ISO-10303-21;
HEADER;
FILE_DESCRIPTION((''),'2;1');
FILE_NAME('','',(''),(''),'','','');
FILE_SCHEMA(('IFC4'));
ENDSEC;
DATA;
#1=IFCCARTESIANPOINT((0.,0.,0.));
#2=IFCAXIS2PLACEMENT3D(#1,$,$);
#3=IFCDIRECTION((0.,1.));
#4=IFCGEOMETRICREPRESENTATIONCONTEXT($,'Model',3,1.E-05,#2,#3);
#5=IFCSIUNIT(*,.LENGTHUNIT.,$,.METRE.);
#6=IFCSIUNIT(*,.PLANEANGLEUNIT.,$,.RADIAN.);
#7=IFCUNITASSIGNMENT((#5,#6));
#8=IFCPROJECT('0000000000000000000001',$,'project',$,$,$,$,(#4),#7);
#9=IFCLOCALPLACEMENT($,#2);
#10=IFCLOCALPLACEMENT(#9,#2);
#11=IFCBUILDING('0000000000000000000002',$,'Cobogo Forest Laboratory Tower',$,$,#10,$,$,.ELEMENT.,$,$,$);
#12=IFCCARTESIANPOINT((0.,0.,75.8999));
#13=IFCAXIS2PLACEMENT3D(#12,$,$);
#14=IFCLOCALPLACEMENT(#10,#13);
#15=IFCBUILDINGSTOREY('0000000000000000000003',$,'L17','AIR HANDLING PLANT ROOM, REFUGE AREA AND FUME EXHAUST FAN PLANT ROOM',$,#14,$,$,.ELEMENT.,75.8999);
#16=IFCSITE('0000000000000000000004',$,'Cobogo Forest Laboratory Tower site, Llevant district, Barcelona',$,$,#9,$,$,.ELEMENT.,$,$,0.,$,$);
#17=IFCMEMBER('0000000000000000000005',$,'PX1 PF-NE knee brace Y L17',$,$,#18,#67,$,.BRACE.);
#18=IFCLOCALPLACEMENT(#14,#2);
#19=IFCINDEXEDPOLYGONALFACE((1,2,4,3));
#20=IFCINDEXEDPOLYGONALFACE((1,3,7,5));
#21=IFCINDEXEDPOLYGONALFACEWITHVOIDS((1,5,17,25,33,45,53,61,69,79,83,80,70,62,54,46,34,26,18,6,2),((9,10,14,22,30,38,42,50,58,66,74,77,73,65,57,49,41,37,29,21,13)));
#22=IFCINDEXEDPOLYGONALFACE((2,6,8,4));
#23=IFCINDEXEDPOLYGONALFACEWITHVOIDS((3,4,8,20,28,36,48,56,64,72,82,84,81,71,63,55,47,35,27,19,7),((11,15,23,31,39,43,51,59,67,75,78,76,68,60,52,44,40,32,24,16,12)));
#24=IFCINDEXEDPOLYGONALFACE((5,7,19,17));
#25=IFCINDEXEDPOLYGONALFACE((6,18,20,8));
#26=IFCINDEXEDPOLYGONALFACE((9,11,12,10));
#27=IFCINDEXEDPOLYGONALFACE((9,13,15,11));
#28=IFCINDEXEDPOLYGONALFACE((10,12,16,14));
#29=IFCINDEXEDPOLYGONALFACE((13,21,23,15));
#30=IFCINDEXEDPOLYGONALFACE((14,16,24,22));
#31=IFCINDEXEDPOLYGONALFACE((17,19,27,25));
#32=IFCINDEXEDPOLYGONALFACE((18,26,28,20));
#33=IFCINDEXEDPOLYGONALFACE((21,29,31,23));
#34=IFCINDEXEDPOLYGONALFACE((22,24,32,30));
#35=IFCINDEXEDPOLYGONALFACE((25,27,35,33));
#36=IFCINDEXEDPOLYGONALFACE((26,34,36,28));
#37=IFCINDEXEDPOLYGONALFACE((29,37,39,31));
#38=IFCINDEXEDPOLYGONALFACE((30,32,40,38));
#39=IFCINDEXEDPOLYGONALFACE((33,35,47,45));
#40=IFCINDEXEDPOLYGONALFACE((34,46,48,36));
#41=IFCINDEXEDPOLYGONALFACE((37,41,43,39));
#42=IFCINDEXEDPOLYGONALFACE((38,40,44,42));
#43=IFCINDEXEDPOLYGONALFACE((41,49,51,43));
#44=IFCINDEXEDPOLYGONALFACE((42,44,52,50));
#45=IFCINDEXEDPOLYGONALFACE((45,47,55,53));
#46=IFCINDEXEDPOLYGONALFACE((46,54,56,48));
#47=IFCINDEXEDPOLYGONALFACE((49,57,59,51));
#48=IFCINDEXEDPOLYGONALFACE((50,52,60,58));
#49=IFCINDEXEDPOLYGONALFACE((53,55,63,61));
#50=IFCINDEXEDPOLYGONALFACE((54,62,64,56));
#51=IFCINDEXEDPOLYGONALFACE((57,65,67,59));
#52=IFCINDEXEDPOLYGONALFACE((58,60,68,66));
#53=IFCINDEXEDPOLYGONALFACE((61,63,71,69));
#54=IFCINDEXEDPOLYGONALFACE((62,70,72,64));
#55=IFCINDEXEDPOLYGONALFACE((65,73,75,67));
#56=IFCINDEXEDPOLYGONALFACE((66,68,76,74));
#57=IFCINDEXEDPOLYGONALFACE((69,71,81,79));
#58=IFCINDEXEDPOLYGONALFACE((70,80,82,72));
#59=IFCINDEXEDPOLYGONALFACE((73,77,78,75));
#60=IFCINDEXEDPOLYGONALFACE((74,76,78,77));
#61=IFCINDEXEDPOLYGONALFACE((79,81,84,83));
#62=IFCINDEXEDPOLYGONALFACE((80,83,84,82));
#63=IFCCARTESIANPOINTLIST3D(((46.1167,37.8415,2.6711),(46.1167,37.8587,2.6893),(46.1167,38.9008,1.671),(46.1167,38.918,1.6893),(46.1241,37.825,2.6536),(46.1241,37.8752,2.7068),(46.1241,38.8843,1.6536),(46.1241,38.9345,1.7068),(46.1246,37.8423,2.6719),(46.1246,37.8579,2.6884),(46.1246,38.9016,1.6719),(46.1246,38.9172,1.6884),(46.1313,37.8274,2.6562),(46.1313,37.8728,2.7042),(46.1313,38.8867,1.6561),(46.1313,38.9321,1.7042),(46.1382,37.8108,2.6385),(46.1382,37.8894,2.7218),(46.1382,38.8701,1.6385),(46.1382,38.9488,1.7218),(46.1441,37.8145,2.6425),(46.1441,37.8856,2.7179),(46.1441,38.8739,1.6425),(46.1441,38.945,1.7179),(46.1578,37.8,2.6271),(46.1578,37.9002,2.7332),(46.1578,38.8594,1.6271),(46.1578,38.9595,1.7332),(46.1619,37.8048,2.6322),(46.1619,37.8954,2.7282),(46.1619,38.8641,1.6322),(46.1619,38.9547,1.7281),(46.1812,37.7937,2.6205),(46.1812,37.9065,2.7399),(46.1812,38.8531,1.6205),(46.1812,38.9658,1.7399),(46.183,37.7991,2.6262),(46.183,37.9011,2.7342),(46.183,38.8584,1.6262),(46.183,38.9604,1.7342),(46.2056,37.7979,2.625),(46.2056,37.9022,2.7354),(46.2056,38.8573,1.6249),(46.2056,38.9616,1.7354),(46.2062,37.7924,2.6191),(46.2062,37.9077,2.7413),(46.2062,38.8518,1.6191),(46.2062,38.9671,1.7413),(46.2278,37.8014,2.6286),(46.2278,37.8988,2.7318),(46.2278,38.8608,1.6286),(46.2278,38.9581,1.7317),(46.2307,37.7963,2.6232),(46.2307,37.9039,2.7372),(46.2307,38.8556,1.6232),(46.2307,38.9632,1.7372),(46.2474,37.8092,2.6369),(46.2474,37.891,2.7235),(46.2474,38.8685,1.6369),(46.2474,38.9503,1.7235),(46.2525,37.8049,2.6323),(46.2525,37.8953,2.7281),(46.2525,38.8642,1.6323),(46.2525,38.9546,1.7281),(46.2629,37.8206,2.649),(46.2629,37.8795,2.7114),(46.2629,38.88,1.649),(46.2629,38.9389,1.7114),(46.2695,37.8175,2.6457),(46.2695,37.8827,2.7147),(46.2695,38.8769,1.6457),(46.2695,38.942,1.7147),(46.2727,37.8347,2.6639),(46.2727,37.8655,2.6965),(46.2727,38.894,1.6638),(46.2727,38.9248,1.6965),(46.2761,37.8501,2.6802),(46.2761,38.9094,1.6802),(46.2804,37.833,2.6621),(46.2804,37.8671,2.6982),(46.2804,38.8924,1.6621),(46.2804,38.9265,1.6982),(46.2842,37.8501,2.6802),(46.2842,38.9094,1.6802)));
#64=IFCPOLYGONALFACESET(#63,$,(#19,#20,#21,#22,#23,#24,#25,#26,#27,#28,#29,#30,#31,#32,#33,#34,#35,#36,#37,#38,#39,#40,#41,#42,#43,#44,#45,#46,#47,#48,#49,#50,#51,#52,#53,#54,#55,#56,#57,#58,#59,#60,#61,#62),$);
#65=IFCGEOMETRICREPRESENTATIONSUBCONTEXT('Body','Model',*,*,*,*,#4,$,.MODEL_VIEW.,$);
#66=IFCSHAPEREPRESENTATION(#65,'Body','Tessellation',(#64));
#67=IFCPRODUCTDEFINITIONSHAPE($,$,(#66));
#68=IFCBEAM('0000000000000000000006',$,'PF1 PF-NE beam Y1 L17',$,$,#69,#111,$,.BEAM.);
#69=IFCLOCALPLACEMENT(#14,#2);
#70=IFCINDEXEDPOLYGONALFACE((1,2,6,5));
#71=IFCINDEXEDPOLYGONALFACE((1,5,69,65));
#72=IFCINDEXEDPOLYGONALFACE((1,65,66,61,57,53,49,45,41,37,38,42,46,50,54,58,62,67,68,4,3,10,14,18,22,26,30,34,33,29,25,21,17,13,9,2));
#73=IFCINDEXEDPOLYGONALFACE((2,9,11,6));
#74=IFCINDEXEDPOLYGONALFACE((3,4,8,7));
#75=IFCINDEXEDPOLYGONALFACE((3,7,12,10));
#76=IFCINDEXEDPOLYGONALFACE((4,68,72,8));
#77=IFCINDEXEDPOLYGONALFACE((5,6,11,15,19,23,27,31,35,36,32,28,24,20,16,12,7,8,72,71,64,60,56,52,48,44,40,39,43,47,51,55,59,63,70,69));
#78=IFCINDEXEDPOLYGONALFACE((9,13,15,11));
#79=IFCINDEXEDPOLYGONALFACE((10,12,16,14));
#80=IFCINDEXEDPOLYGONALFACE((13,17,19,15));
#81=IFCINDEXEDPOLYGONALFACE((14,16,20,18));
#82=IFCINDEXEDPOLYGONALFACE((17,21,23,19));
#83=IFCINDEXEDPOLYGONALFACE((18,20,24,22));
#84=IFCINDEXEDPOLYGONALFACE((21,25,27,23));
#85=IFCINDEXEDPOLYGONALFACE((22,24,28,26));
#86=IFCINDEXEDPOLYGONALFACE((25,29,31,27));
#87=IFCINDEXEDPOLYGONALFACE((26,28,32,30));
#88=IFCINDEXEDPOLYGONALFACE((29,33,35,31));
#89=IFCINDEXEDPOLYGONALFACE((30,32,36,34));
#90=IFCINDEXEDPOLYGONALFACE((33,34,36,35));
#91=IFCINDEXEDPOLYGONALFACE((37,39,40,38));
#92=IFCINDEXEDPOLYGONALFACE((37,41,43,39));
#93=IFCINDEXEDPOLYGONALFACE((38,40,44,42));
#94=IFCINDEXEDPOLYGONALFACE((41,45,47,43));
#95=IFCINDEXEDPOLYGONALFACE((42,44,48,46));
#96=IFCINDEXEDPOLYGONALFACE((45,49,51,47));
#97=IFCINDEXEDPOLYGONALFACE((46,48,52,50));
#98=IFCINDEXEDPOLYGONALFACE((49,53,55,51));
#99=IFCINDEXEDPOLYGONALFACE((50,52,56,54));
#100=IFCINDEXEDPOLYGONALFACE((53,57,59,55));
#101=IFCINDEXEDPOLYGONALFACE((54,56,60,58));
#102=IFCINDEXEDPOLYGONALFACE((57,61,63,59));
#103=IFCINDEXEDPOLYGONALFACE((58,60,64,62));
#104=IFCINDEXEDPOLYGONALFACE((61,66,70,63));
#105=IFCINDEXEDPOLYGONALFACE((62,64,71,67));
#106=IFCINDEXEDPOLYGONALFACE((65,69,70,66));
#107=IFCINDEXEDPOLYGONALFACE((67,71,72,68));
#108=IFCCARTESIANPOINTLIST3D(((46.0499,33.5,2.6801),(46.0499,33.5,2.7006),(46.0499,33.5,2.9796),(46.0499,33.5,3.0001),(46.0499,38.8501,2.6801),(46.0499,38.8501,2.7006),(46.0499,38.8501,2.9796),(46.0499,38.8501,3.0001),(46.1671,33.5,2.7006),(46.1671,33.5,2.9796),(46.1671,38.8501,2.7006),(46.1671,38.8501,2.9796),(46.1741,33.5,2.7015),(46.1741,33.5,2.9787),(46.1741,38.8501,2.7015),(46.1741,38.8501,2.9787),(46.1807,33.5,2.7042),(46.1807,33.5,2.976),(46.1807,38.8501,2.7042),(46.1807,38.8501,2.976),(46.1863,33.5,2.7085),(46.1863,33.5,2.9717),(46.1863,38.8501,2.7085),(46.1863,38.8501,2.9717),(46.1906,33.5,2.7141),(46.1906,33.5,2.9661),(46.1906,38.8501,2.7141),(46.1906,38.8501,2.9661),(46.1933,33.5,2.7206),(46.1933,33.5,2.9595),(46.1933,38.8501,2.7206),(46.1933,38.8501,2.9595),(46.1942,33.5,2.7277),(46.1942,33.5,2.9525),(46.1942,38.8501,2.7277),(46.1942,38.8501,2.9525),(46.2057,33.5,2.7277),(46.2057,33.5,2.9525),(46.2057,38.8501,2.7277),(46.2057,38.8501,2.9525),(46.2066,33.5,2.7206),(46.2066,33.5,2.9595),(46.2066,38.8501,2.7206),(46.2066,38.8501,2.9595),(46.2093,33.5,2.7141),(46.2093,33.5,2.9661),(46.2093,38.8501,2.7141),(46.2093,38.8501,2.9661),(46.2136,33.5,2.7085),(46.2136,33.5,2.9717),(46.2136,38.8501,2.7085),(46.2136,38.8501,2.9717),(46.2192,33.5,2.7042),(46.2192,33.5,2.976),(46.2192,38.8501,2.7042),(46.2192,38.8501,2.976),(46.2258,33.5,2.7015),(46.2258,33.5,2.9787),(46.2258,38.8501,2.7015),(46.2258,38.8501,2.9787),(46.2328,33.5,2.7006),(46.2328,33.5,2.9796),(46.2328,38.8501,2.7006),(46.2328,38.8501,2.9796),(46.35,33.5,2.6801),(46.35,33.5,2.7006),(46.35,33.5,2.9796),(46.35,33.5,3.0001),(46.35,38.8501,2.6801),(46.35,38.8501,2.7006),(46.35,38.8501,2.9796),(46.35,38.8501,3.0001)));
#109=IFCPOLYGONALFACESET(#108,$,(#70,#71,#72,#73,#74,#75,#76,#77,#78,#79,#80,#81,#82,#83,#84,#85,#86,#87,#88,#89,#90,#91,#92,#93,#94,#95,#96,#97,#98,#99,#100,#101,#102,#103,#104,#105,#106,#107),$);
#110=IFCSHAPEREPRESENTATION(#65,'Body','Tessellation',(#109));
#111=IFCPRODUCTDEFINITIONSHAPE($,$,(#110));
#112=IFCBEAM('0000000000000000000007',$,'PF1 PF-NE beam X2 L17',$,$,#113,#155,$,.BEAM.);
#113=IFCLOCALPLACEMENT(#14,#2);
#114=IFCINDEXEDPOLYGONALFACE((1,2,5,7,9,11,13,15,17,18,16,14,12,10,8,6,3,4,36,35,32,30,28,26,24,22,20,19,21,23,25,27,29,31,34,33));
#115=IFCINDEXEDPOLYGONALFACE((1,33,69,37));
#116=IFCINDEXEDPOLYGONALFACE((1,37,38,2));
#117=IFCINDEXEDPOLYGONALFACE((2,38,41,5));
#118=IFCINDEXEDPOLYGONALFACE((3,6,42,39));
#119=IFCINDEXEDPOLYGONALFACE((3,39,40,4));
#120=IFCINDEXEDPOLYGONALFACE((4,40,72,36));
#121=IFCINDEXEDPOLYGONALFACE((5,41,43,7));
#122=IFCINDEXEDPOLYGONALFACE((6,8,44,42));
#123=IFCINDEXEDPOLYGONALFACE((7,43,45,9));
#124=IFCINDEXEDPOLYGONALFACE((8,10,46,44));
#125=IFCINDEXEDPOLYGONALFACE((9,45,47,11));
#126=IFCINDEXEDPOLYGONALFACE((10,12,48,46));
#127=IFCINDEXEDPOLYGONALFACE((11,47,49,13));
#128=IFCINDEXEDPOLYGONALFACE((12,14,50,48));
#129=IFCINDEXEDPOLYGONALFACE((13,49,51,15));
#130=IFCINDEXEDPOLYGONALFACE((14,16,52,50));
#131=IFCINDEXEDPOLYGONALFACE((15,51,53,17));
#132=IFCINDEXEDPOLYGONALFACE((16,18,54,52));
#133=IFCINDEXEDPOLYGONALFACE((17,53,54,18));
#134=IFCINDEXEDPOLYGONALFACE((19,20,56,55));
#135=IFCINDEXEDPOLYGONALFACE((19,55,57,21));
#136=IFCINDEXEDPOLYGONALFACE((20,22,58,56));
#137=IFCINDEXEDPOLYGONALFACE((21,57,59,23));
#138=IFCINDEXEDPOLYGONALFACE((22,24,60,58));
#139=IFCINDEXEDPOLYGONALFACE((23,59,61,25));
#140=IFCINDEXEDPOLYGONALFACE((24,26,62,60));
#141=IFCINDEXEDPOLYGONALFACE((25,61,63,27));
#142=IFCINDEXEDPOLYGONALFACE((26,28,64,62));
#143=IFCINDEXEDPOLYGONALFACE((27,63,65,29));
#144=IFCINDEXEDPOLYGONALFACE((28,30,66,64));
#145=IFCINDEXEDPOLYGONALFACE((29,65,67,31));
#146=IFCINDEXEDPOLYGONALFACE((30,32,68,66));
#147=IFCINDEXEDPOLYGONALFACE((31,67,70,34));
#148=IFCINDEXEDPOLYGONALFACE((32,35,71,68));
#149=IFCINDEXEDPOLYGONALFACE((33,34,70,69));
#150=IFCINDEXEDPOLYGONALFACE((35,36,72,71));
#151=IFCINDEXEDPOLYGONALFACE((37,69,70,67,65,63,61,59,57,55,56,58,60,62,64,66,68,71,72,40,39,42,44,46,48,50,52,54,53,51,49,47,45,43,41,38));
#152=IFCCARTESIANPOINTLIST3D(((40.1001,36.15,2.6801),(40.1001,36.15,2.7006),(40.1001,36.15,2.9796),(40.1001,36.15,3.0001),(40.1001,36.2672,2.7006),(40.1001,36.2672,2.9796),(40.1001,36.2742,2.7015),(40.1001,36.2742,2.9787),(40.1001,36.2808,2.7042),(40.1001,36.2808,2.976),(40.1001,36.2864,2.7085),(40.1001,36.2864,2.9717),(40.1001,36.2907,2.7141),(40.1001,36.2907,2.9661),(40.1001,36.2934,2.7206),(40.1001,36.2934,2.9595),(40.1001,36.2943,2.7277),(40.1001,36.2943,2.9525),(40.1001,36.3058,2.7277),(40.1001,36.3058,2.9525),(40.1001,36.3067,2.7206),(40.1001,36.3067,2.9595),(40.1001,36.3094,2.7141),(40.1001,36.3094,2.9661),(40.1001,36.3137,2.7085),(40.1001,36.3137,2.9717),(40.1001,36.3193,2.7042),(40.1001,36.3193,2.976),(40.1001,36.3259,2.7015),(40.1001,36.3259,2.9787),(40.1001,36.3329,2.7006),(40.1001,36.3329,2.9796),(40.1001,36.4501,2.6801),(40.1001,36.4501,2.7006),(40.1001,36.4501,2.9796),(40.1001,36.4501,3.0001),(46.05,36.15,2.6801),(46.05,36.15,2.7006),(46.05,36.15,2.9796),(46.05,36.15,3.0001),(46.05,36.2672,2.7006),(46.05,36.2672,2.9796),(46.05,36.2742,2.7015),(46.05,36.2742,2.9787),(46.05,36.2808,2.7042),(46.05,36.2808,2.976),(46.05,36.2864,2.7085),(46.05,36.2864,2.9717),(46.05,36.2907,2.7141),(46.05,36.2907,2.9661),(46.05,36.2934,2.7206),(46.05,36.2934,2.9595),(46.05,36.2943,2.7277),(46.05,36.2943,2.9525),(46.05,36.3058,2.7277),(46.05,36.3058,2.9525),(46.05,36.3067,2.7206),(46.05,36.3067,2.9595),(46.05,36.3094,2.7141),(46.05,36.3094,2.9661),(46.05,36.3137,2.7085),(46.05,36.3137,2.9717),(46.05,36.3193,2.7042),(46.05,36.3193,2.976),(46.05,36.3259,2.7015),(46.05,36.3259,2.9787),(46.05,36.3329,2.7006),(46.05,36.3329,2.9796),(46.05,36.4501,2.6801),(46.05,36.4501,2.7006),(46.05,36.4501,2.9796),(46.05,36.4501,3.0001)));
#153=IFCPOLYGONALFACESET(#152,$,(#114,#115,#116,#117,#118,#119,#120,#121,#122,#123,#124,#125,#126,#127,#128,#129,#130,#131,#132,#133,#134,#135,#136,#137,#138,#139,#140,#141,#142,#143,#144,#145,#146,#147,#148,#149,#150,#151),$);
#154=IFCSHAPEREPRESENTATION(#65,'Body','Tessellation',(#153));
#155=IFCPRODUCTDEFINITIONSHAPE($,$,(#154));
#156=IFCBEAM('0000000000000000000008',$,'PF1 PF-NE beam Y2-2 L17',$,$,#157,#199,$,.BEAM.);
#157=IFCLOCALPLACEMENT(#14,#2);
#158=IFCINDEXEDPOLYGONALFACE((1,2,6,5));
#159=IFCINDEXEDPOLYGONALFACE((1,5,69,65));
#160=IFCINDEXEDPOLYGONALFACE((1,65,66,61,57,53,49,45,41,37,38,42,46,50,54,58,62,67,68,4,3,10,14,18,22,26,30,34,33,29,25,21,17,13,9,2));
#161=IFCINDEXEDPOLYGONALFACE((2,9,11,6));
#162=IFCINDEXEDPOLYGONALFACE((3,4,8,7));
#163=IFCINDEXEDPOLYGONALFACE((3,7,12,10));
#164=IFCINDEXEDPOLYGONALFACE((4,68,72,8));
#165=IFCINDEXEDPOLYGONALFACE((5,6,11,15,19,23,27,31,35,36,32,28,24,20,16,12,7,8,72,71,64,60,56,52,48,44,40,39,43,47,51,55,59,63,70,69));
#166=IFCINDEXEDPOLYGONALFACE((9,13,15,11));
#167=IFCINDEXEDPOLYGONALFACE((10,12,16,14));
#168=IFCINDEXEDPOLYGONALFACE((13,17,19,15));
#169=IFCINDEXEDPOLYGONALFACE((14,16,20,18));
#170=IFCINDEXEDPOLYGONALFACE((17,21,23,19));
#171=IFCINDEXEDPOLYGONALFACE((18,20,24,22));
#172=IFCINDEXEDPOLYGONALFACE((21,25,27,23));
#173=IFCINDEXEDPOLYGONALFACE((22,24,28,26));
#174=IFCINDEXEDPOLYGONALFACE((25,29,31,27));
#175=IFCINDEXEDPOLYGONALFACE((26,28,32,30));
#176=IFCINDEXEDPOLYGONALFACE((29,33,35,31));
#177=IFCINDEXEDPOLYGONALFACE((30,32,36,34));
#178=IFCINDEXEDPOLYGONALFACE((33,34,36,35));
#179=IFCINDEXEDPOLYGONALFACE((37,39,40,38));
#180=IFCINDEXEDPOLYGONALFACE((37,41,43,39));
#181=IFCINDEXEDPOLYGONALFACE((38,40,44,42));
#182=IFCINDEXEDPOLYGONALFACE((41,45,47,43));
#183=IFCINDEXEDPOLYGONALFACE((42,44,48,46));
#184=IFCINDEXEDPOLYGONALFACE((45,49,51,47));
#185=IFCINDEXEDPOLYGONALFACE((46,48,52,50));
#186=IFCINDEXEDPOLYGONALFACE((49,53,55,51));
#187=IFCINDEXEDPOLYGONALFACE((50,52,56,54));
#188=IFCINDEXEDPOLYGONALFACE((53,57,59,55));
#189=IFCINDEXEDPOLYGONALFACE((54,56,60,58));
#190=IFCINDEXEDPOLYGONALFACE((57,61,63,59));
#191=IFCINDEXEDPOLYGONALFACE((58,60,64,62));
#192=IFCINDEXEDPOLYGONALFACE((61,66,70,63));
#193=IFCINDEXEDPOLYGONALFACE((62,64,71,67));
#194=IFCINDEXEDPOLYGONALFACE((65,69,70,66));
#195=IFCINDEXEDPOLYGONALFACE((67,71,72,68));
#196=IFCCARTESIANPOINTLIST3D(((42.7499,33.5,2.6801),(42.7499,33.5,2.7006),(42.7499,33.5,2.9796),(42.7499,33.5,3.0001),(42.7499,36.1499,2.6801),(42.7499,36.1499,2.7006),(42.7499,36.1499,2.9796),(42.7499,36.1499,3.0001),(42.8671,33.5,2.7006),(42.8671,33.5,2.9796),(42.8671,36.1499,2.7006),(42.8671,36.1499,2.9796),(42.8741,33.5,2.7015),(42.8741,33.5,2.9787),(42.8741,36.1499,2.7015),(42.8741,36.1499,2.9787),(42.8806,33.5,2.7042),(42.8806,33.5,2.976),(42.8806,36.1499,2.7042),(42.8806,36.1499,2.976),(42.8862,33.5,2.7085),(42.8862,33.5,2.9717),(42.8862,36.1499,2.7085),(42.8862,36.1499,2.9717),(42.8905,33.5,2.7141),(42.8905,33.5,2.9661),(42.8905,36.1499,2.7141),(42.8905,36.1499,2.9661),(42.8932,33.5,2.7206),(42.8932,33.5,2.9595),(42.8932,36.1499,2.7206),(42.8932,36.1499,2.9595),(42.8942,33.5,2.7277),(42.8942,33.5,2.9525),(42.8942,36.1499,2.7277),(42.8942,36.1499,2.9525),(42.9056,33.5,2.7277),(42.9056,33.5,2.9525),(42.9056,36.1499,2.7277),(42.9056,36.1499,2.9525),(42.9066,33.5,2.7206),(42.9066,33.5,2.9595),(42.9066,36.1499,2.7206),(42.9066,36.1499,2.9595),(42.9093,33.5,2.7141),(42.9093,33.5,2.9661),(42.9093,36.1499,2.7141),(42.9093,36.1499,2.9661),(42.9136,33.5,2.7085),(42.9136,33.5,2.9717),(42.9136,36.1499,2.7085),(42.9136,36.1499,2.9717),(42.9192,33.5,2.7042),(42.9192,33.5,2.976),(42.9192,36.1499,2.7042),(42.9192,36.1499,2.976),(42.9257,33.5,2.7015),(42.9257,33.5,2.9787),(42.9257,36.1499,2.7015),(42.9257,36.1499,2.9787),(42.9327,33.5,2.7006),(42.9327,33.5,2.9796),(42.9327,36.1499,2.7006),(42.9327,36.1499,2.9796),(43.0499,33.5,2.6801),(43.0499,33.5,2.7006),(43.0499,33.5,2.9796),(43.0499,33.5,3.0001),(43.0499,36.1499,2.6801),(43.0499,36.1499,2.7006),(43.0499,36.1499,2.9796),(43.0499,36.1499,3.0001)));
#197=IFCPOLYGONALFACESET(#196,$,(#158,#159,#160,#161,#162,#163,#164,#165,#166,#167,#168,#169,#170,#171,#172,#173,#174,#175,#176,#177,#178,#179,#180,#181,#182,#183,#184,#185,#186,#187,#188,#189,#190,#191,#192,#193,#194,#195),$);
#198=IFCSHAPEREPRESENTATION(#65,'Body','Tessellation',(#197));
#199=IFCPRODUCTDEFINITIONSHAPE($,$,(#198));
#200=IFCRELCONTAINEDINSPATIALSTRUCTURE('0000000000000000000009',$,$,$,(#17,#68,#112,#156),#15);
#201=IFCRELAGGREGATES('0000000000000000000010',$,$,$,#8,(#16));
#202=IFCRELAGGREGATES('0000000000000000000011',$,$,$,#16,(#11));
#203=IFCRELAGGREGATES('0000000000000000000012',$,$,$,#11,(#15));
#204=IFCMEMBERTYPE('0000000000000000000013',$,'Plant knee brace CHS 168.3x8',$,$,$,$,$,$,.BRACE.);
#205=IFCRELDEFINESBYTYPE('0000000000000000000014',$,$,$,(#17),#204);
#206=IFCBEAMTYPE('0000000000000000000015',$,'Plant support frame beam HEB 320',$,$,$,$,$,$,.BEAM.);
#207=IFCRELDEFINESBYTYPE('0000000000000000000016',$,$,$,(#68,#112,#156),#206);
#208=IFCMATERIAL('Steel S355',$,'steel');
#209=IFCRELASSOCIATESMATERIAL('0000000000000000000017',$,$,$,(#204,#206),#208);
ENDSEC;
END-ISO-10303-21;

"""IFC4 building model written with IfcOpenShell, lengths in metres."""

from ifc_helpers import new_model, si_unit, direction, frame, origin, origin_2d, place, context, subcontext, project, spatial, hollow_circle, i_section, extrude, material, material_profile, profile_set, type_object, element, save


model = new_model("IFC4")

# Units and contexts
model_context = context("Model", 3, precision=1e-05, world=origin(), true_north=direction((0.0, 1.0)))
body_context = subcontext(model_context, "Body", "Model", "MODEL_VIEW")
ifc_project = project(units=[si_unit("LENGTHUNIT", "METRE"), si_unit("PLANEANGLEUNIT", "RADIAN")], contexts=[model_context])

# Site, building, storey
site_placement = place(None, origin())
site = spatial("IfcSite", under=ifc_project, at=site_placement, Name="Cobogo Forest Laboratory Tower site, Llevant district, Barcelona", CompositionType="ELEMENT", RefElevation=0.0)
building_placement = place(site_placement, origin())
building = spatial("IfcBuilding", under=site, at=building_placement, Name="Cobogo Forest Laboratory Tower", CompositionType="ELEMENT")
storey_placement = place(building_placement, frame((0.0, 0.0, 75.8999)))
storey = spatial("IfcBuildingStorey", under=building, at=storey_placement, Name="L17", Description="AIR HANDLING PLANT ROOM, REFUGE AREA AND FUME EXHAUST FAN PLANT ROOM", CompositionType="ELEMENT", Elevation=75.8999)

# Member
ifc_material_1 = material(Name="Steel S355", Category="steel")
ifc_material_profile_1 = material_profile(ifc_material_1, hollow_circle(Radius=0.0842, WallThickness=0.0081, at=origin_2d()), Name="CHS 168.3x8")
ifc_profile_set_1 = profile_set([ifc_material_profile_1], Name="Steel S355")
member_type_1 = type_object("IfcMemberType", Name="Plant knee brace CHS 168.3x8", PredefinedType="BRACE", material=ifc_profile_set_1)
member_1_placement = place(storey_placement, frame((46.2, 38.9094, 1.6802), z_axis=(0.0, -0.727176, 0.686451), x_axis=(1.0, 0.0, 0.0)))
element("IfcMember", 1, at=member_1_placement, inside=storey, type_object=member_type_1, Name="PX1 PF-NE knee brace Y L17", PredefinedType="BRACE", context=body_context, shape_type="SweptSolid", body=[
    extrude(hollow_circle(Radius=0.0842, WallThickness=0.0081, at=origin_2d()), origin(), (0.0, 0.0, 1.0), 1.4568),
])

# Beams
ifc_material_profile_2 = material_profile(ifc_material_1, i_section(OverallWidth=0.3, OverallDepth=0.3201, WebThickness=0.0115, FlangeThickness=0.0205, FilletRadius=0.0271, at=origin_2d()), Name="HEB 320")
ifc_profile_set_2 = profile_set([ifc_material_profile_2], Name="Steel S355")
beam_type_1 = type_object("IfcBeamType", Name="Plant support frame beam HEB 320", PredefinedType="BEAM", material=ifc_profile_set_2)
beam_1_placement = place(storey_placement, frame((46.2, 38.8501, 2.8401), z_axis=(0.0, -1.0, 0.0), x_axis=(1.0, 0.0, 0.0)))
element("IfcBeam", 2, at=beam_1_placement, inside=storey, type_object=beam_type_1, Name="PF1 PF-NE beam Y1 L17", PredefinedType="BEAM", context=body_context, shape_type="SweptSolid", body=[
    extrude(i_section(OverallWidth=0.3, OverallDepth=0.3201, WebThickness=0.0115, FlangeThickness=0.0205, FilletRadius=0.0271, at=origin_2d()), origin(), (0.0, 0.0, 1.0), 5.3501),
])
beam_2_placement = place(storey_placement, frame((46.05, 36.3, 2.8401), z_axis=(-1.0, 0.0, 0.0), x_axis=(0.0, -1.0, 0.0)))
element("IfcBeam", 3, at=beam_2_placement, inside=storey, type_object=beam_type_1, Name="PF1 PF-NE beam X2 L17", PredefinedType="BEAM", context=body_context, shape_type="SweptSolid", body=[
    extrude(i_section(OverallWidth=0.3, OverallDepth=0.3201, WebThickness=0.0115, FlangeThickness=0.0205, FilletRadius=0.0271, at=origin_2d()), origin(), (0.0, 0.0, 1.0), 5.95),
])
beam_3_placement = place(storey_placement, frame((42.8999, 36.1499, 2.8401), z_axis=(0.0, -1.0, 0.0), x_axis=(1.0, 0.0, 0.0)))
element("IfcBeam", 4, at=beam_3_placement, inside=storey, type_object=beam_type_1, Name="PF1 PF-NE beam Y2-2 L17", PredefinedType="BEAM", context=body_context, shape_type="SweptSolid", body=[
    extrude(i_section(OverallWidth=0.3, OverallDepth=0.3201, WebThickness=0.0115, FlangeThickness=0.0205, FilletRadius=0.0271, at=origin_2d()), origin(), (0.0, 0.0, 1.0), 2.6499),
])

save(model, "model.ifc")
